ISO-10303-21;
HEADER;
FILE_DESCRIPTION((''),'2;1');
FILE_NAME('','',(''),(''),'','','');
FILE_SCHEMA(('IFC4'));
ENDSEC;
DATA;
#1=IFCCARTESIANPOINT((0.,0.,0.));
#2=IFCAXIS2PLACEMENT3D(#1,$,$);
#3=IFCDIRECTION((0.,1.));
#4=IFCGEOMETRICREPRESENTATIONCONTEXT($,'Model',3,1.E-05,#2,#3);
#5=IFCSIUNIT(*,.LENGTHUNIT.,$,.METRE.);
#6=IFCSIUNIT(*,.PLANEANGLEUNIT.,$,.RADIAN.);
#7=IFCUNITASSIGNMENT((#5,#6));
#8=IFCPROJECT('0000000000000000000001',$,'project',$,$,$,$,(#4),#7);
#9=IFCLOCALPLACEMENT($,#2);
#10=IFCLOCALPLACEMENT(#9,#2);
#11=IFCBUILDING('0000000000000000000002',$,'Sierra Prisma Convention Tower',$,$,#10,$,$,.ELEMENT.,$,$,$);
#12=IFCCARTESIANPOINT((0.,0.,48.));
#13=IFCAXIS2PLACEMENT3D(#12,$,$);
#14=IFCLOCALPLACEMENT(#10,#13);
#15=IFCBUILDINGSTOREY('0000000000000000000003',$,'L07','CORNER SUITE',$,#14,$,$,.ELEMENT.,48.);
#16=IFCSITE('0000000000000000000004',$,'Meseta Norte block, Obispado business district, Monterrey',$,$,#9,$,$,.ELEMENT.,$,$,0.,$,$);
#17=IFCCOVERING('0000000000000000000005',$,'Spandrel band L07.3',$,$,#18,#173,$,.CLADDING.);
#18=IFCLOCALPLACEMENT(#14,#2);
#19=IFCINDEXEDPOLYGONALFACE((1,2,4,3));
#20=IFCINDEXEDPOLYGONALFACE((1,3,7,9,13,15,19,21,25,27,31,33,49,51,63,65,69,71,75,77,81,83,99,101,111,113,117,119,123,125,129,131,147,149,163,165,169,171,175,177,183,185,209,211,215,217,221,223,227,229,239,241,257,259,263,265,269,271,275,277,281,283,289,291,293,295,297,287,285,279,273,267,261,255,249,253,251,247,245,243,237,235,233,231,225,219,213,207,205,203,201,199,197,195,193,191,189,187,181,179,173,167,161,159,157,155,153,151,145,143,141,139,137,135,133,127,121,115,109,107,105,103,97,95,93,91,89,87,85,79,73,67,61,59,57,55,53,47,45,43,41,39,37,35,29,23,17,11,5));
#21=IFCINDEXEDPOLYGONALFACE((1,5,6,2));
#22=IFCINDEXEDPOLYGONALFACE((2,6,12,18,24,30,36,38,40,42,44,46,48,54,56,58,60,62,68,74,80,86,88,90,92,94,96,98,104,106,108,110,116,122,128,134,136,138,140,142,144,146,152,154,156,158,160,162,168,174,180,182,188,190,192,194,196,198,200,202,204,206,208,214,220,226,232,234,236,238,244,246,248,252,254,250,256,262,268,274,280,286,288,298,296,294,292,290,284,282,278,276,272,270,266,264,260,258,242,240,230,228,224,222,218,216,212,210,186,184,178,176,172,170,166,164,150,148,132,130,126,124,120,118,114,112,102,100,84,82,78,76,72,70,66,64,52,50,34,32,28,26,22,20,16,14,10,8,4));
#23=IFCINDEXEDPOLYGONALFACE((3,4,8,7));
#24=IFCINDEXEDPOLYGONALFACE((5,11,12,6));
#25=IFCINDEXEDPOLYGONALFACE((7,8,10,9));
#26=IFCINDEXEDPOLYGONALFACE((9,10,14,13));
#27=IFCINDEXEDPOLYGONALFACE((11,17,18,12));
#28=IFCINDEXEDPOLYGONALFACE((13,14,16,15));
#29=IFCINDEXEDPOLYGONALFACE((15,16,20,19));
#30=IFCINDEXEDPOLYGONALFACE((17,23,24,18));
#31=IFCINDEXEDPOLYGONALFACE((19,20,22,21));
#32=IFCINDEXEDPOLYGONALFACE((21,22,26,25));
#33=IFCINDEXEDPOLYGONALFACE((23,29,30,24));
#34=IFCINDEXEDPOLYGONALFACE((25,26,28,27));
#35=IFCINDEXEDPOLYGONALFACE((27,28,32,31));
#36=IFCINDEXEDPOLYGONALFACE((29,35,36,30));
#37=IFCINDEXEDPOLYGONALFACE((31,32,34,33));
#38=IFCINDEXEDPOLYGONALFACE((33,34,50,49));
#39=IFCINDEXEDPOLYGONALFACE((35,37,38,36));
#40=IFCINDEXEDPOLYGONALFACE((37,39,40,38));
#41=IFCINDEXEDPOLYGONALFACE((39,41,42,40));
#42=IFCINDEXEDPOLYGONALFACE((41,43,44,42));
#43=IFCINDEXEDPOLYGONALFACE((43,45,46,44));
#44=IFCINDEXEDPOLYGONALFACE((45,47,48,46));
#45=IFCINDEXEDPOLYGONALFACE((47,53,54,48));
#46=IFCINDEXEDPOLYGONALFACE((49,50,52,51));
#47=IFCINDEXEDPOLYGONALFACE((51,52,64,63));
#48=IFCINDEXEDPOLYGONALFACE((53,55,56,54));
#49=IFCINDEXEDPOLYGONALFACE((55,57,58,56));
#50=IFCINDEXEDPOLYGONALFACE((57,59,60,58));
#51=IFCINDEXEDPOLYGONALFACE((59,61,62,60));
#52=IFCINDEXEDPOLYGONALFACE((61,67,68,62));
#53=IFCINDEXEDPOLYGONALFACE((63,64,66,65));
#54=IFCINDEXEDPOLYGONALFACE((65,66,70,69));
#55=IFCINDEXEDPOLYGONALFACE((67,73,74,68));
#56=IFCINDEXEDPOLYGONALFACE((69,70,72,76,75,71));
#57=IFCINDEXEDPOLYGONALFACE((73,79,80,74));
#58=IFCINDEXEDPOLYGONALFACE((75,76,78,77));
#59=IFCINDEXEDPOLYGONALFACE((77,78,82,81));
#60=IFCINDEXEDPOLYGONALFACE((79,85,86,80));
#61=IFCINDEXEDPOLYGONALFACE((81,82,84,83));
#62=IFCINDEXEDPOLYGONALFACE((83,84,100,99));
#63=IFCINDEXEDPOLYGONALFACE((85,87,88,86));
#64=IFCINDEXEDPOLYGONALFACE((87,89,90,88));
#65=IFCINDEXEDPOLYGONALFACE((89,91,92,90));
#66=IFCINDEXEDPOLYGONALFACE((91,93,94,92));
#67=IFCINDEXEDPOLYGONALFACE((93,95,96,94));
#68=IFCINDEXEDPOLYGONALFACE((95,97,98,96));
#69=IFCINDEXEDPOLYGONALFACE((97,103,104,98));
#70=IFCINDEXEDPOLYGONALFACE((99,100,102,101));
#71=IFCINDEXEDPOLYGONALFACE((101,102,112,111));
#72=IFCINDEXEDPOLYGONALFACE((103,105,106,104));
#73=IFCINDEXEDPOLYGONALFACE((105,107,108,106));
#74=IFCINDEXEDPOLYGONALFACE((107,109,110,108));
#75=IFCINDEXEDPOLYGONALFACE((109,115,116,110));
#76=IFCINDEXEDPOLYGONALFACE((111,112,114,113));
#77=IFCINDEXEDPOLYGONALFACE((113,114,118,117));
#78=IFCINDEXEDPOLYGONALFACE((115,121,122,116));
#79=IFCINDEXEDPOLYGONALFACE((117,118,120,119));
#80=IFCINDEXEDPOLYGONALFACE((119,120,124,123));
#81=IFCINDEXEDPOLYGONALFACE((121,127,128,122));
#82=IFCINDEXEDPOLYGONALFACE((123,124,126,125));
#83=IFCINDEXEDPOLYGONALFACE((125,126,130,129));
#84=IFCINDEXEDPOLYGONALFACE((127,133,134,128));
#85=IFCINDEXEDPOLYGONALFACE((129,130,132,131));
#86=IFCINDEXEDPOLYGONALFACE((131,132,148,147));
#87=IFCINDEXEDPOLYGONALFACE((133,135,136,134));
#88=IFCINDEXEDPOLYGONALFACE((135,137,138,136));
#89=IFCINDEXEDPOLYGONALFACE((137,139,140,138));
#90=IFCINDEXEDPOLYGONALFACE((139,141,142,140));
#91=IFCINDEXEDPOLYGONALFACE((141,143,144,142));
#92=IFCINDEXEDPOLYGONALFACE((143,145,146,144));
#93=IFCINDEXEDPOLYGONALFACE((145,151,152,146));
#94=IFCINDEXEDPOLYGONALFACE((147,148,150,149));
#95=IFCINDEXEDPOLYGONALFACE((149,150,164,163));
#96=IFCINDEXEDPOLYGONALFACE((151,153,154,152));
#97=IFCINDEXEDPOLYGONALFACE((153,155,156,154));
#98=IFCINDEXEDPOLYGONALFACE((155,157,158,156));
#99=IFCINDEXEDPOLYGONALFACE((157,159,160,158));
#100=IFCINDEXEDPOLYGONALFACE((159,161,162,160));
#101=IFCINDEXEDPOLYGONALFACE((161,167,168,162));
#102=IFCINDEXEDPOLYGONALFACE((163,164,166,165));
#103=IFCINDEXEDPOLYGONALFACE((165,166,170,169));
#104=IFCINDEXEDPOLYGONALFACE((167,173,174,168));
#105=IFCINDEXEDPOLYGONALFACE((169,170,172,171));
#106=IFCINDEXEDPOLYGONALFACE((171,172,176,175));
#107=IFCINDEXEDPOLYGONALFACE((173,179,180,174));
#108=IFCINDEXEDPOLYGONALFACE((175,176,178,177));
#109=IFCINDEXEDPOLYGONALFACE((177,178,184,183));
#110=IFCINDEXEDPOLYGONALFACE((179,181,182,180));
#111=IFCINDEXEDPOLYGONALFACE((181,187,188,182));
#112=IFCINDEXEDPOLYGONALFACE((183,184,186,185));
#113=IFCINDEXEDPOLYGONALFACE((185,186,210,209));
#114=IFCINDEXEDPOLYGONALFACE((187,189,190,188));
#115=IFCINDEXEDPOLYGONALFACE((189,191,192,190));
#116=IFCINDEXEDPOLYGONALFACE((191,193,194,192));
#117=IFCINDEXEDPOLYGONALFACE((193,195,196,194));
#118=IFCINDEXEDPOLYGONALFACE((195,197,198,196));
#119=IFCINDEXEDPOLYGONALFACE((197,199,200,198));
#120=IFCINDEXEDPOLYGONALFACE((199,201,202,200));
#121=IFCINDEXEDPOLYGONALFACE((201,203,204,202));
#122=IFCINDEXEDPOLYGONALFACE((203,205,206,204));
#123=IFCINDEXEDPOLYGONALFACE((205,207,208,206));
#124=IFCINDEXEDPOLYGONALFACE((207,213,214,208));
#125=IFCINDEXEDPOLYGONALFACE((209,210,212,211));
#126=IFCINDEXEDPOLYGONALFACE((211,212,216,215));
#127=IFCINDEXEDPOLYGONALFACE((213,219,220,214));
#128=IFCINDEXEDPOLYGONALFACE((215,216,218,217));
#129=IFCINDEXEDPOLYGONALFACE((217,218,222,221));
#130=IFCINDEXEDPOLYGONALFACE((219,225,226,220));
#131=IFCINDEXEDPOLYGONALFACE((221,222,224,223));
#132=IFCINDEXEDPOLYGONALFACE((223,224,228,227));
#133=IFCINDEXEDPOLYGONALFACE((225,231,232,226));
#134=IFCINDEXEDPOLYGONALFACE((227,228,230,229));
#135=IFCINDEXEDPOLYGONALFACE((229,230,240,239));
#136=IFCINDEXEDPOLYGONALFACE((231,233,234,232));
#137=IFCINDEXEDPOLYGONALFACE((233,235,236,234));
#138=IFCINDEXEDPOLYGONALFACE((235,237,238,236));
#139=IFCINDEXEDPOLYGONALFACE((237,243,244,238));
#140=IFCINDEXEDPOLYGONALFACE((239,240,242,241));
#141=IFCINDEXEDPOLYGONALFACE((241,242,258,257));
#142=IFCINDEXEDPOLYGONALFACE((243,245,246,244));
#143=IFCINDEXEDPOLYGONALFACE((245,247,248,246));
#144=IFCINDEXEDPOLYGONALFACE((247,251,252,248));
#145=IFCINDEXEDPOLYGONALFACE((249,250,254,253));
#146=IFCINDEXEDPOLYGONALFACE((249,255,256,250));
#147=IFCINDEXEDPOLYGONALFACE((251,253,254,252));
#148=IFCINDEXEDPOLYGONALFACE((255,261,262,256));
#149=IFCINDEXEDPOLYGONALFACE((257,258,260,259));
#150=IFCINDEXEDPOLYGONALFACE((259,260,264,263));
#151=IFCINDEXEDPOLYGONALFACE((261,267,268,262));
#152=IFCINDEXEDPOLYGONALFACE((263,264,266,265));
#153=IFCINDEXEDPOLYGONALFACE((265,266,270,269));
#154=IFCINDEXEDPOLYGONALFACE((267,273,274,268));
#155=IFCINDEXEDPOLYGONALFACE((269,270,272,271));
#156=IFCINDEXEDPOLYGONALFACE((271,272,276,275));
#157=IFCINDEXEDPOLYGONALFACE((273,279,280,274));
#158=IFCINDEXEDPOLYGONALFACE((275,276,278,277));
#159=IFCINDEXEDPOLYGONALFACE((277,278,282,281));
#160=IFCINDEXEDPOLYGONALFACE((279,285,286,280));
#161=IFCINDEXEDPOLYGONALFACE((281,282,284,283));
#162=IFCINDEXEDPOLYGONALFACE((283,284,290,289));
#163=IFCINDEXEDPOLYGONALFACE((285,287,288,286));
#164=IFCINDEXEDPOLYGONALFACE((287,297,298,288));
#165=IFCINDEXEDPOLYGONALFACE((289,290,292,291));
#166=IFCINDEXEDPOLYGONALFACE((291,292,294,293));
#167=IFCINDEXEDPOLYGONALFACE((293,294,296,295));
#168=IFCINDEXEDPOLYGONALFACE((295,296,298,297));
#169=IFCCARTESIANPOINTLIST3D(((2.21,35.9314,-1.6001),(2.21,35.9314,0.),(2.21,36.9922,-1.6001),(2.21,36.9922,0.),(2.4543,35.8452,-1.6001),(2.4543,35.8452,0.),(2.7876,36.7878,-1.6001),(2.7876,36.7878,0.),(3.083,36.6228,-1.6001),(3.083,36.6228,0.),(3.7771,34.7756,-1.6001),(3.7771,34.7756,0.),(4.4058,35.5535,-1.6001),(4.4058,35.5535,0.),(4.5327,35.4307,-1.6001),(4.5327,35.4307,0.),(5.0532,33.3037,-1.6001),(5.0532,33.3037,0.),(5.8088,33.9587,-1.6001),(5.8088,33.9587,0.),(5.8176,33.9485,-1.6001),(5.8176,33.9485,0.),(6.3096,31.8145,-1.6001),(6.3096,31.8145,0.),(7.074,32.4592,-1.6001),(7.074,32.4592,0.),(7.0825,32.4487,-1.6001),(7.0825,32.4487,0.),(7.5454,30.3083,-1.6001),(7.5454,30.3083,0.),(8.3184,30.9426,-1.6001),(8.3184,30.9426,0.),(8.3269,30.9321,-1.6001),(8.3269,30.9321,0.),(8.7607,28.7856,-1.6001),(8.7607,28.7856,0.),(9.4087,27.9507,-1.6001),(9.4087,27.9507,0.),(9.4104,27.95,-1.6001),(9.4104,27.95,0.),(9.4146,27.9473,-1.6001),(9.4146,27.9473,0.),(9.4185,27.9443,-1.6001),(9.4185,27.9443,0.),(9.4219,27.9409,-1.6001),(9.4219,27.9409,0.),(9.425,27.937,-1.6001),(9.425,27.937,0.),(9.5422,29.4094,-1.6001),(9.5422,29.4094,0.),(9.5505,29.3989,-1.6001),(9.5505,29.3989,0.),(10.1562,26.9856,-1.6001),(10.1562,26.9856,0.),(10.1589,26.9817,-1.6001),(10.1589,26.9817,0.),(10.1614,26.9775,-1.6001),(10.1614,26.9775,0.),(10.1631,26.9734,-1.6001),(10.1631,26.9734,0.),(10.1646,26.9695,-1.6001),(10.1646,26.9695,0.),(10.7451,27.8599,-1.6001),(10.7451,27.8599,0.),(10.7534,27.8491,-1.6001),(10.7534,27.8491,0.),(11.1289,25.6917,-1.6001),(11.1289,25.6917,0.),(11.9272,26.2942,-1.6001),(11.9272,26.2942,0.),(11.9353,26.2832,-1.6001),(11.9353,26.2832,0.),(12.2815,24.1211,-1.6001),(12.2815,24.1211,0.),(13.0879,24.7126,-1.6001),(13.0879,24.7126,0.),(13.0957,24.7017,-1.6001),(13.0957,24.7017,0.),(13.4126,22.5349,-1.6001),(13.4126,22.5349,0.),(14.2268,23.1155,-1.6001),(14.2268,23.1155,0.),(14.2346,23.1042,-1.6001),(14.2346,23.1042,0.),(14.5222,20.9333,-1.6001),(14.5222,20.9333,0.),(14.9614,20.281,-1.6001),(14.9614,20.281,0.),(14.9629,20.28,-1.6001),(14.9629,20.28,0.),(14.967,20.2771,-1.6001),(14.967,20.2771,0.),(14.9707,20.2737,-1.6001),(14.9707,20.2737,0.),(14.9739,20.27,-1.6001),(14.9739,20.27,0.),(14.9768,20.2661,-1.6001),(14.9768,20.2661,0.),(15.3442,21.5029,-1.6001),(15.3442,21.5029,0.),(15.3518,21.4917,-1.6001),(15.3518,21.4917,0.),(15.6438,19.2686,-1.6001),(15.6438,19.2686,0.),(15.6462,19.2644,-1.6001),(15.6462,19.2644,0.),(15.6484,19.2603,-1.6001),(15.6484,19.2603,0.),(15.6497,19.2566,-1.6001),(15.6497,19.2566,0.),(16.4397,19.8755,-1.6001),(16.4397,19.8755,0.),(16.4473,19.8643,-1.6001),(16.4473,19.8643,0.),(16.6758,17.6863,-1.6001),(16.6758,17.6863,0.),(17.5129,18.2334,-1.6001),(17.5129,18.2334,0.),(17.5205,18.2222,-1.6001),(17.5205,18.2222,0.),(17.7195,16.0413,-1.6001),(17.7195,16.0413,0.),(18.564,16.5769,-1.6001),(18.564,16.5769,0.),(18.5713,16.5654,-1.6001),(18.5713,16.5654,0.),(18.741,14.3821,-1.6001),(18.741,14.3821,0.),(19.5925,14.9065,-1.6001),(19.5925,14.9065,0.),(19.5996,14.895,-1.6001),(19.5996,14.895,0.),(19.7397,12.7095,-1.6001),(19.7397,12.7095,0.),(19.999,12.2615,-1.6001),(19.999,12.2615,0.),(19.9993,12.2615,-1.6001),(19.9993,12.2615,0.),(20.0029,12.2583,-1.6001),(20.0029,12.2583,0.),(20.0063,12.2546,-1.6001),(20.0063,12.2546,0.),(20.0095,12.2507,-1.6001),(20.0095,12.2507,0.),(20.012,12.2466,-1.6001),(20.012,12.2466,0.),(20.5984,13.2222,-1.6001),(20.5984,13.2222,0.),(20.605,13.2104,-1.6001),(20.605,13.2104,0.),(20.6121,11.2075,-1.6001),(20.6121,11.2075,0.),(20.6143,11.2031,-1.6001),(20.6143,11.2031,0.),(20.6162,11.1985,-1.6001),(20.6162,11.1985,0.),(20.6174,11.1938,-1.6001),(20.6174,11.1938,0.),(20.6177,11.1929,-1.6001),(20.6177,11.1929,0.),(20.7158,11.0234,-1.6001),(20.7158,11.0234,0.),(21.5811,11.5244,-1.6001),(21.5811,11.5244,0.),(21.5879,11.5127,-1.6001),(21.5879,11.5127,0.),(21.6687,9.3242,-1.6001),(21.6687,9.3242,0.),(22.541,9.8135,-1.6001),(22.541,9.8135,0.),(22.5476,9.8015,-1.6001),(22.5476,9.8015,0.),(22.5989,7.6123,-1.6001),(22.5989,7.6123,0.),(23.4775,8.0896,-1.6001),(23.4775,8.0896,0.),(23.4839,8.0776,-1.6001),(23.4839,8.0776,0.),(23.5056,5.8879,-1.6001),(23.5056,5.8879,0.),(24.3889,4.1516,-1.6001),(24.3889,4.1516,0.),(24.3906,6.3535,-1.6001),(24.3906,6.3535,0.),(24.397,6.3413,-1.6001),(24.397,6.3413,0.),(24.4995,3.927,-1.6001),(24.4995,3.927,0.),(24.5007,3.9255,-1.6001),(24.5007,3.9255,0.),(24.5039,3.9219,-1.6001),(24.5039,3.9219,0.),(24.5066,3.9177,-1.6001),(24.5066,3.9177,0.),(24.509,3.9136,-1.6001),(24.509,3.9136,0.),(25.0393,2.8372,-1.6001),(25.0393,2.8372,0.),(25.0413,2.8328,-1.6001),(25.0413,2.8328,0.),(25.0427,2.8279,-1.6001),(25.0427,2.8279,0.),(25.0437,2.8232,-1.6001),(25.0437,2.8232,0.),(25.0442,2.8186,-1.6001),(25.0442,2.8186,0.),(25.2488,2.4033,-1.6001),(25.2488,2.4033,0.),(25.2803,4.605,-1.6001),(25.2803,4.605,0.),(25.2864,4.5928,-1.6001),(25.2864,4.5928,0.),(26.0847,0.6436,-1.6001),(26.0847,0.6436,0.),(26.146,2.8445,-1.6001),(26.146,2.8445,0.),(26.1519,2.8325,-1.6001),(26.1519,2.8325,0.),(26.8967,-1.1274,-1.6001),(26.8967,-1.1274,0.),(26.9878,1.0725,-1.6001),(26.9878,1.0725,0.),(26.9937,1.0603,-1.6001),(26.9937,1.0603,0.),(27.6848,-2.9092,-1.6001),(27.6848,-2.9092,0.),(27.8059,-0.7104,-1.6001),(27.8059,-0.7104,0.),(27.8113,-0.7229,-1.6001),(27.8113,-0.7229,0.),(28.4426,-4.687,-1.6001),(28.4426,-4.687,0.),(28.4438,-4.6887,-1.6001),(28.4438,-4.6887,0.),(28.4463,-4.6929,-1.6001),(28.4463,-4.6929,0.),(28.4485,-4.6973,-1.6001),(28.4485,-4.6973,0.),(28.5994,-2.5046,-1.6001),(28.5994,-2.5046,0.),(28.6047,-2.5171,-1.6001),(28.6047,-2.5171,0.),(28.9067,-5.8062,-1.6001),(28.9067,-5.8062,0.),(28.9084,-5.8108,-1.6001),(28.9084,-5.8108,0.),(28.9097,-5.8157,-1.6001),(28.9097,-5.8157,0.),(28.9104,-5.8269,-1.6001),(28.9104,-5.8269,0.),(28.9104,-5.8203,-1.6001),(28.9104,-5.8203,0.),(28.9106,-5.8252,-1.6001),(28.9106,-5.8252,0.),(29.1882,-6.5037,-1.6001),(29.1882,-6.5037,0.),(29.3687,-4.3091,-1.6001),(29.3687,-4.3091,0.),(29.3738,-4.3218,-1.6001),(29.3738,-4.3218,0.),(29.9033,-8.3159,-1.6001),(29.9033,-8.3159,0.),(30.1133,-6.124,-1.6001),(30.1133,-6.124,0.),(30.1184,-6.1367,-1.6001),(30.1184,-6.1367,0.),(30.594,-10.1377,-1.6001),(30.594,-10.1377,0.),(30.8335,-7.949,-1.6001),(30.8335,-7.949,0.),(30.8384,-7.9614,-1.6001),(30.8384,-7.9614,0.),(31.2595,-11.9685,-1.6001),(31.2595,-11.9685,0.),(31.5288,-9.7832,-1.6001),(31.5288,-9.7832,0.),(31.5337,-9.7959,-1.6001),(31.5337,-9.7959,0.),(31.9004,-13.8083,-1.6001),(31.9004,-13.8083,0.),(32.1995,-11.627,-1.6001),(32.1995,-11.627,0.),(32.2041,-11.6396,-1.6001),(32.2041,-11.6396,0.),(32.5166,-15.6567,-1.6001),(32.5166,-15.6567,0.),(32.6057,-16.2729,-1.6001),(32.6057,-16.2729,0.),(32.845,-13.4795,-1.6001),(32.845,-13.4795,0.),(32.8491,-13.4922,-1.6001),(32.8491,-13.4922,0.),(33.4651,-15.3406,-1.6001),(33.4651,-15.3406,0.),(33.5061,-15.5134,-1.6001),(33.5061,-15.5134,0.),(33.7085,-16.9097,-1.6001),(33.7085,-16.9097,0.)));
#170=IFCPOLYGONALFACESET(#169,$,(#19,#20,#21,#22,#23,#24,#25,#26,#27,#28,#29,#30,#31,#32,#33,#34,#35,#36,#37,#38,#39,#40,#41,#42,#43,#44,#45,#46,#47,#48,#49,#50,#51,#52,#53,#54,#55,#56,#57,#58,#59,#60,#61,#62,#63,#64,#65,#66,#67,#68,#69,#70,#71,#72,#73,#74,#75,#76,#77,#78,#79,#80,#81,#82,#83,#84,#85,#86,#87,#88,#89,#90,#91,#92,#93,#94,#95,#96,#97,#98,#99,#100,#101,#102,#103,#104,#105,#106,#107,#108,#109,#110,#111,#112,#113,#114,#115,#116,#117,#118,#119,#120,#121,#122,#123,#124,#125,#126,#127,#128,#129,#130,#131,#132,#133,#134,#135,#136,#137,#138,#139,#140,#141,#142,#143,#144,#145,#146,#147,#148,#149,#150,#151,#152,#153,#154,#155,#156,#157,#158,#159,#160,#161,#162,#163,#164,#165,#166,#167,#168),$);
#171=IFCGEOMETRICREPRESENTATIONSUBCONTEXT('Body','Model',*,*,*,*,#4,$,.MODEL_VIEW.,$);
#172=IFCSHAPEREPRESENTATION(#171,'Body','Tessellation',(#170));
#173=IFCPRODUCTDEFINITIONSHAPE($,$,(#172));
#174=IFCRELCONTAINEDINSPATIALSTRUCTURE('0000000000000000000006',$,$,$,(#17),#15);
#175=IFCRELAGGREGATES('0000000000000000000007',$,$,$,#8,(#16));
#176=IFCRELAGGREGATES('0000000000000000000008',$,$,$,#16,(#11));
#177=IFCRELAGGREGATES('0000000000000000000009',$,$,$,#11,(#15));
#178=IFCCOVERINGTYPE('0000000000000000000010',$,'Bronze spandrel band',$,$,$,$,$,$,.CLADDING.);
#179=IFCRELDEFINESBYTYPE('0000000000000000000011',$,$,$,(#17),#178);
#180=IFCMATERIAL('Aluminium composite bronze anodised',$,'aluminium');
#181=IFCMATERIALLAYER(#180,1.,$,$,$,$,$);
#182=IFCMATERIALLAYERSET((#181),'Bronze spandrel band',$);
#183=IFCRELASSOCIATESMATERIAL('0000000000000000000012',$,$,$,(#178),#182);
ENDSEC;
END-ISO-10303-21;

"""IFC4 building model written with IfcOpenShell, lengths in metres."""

from ifc_helpers import new_model, si_unit, direction, frame, origin, place, context, subcontext, project, spatial, polyline, outline, extrude, material, layer, layer_set, type_object, element, save


model = new_model("IFC4")

# Units and contexts
model_context = context("Model", 3, precision=1e-05, world=origin(), true_north=direction((0.0, 1.0)))
body_context = subcontext(model_context, "Body", "Model", "MODEL_VIEW")
ifc_project = project(units=[si_unit("LENGTHUNIT", "METRE"), si_unit("PLANEANGLEUNIT", "RADIAN")], contexts=[model_context])

# Site, building, storey
site_placement = place(None, origin())
site = spatial("IfcSite", under=ifc_project, at=site_placement, Name="Meseta Norte block, Obispado business district, Monterrey", CompositionType="ELEMENT", RefElevation=0.0)
building_placement = place(site_placement, origin())
building = spatial("IfcBuilding", under=site, at=building_placement, Name="Sierra Prisma Convention Tower", CompositionType="ELEMENT")
storey_placement = place(building_placement, frame((0.0, 0.0, 48.0)))
storey = spatial("IfcBuildingStorey", under=building, at=storey_placement, Name="L07", Description="CORNER SUITE", CompositionType="ELEMENT", Elevation=48.0)

# Covering
ifc_material_1 = material(Name="Aluminium composite bronze anodised", Category="aluminium")
ifc_layer_1 = layer(ifc_material_1, 1.0)
ifc_layer_set_1 = layer_set([ifc_layer_1], Name="Bronze spandrel band")
covering_type_1 = type_object("IfcCoveringType", Name="Bronze spandrel band", PredefinedType="CLADDING", material=ifc_layer_set_1)
covering_1_placement = place(storey_placement, frame((0.0, 0.0, -1.6001)))
element("IfcCovering", 1, at=covering_1_placement, inside=storey, type_object=covering_type_1, Name="Spandrel band L07.3", PredefinedType="CLADDING", context=body_context, shape_type="SweptSolid", body=[
    extrude(outline(polyline([(13.0879, 24.7126), (13.0957, 24.7017), (14.2268, 23.1155), (14.2346, 23.1042), (15.3442, 21.5029), (15.3518, 21.4917), (16.4397, 19.8755), (16.4473, 19.8643), (17.5129, 18.2334), (17.5205, 18.2222), (18.564, 16.5769), (18.5713, 16.5654), (19.5925, 14.9065), (19.5996, 14.895), (20.5984, 13.2222), (20.605, 13.2104), (21.5811, 11.5244), (21.5879, 11.5127), (22.541, 9.8135), (22.5476, 9.8015), (23.4775, 8.0896), (23.4839, 8.0776), (24.3906, 6.3535), (24.397, 6.3413), (25.2803, 4.605), (25.2864, 4.5928), (26.146, 2.8445), (26.1519, 2.8325), (26.9878, 1.0725), (26.9937, 1.0603), (27.8059, -0.7104), (27.8113, -0.7229), (28.5994, -2.5046), (28.6047, -2.5171), (29.3687, -4.3091), (29.3738, -4.3218), (30.1133, -6.124), (30.1184, -6.1367), (30.8335, -7.949), (30.8384, -7.9614), (31.5288, -9.7832), (31.5337, -9.7959), (32.1995, -11.627), (32.2041, -11.6396), (32.845, -13.4795), (32.8491, -13.4922), (33.4651, -15.3406), (33.5061, -15.5134), (33.7085, -16.9097), (32.6057, -16.2729), (32.5166, -15.6567), (31.9004, -13.8083), (31.2595, -11.9685), (30.594, -10.1377), (29.9033, -8.3159), (29.1882, -6.5037), (28.9104, -5.8269), (28.9106, -5.8252), (28.9104, -5.8203), (28.9097, -5.8157), (28.9084, -5.8108), (28.9067, -5.8062), (28.4485, -4.6973), (28.4463, -4.6929), (28.4438, -4.6887), (28.4426, -4.687), (27.6848, -2.9092), (26.8967, -1.1274), (26.0847, 0.6436), (25.2488, 2.4033), (25.0442, 2.8186), (25.0437, 2.8232), (25.0427, 2.8279), (25.0413, 2.8328), (25.0393, 2.8372), (24.509, 3.9136), (24.5066, 3.9177), (24.5039, 3.9219), (24.5007, 3.9255), (24.4995, 3.927), (24.3889, 4.1516), (23.5056, 5.8879), (22.5989, 7.6123), (21.6687, 9.3242), (20.7158, 11.0234), (20.6177, 11.1929), (20.6174, 11.1938), (20.6162, 11.1985), (20.6143, 11.2031), (20.6121, 11.2075), (20.012, 12.2466), (20.0095, 12.2507), (20.0063, 12.2546), (20.0029, 12.2583), (19.9993, 12.2615), (19.999, 12.2615), (19.7397, 12.7095), (18.741, 14.3821), (17.7195, 16.0413), (16.6758, 17.6863), (15.6497, 19.2566), (15.6484, 19.2603), (15.6462, 19.2644), (15.6438, 19.2686), (14.9768, 20.2661), (14.9739, 20.27), (14.9707, 20.2737), (14.967, 20.2771), (14.9629, 20.28), (14.9614, 20.281), (14.5222, 20.9333), (13.4126, 22.5349), (12.2815, 24.1211), (11.1289, 25.6917), (10.1646, 26.9695), (10.1631, 26.9734), (10.1614, 26.9775), (10.1589, 26.9817), (10.1562, 26.9856), (9.425, 27.937), (9.4219, 27.9409), (9.4185, 27.9443), (9.4146, 27.9473), (9.4104, 27.95), (9.4087, 27.9507), (8.7607, 28.7856), (7.5454, 30.3083), (6.3096, 31.8145), (5.0532, 33.3037), (3.7771, 34.7756), (2.4543, 35.8452), (2.21, 35.9314), (2.21, 36.9922), (2.7876, 36.7878), (3.083, 36.6228), (4.4058, 35.5535), (4.5327, 35.4307), (5.8088, 33.9587), (5.8176, 33.9485), (7.074, 32.4592), (7.0825, 32.4487), (8.3184, 30.9426), (8.3269, 30.9321), (9.5422, 29.4094), (9.5505, 29.3989), (10.7451, 27.8599), (10.7534, 27.8491), (11.9272, 26.2942), (11.9353, 26.2832), (13.0879, 24.7126)])), origin(), (0.0, 0.0, 1.0), 1.6001),
])

save(model, "model.ifc")
